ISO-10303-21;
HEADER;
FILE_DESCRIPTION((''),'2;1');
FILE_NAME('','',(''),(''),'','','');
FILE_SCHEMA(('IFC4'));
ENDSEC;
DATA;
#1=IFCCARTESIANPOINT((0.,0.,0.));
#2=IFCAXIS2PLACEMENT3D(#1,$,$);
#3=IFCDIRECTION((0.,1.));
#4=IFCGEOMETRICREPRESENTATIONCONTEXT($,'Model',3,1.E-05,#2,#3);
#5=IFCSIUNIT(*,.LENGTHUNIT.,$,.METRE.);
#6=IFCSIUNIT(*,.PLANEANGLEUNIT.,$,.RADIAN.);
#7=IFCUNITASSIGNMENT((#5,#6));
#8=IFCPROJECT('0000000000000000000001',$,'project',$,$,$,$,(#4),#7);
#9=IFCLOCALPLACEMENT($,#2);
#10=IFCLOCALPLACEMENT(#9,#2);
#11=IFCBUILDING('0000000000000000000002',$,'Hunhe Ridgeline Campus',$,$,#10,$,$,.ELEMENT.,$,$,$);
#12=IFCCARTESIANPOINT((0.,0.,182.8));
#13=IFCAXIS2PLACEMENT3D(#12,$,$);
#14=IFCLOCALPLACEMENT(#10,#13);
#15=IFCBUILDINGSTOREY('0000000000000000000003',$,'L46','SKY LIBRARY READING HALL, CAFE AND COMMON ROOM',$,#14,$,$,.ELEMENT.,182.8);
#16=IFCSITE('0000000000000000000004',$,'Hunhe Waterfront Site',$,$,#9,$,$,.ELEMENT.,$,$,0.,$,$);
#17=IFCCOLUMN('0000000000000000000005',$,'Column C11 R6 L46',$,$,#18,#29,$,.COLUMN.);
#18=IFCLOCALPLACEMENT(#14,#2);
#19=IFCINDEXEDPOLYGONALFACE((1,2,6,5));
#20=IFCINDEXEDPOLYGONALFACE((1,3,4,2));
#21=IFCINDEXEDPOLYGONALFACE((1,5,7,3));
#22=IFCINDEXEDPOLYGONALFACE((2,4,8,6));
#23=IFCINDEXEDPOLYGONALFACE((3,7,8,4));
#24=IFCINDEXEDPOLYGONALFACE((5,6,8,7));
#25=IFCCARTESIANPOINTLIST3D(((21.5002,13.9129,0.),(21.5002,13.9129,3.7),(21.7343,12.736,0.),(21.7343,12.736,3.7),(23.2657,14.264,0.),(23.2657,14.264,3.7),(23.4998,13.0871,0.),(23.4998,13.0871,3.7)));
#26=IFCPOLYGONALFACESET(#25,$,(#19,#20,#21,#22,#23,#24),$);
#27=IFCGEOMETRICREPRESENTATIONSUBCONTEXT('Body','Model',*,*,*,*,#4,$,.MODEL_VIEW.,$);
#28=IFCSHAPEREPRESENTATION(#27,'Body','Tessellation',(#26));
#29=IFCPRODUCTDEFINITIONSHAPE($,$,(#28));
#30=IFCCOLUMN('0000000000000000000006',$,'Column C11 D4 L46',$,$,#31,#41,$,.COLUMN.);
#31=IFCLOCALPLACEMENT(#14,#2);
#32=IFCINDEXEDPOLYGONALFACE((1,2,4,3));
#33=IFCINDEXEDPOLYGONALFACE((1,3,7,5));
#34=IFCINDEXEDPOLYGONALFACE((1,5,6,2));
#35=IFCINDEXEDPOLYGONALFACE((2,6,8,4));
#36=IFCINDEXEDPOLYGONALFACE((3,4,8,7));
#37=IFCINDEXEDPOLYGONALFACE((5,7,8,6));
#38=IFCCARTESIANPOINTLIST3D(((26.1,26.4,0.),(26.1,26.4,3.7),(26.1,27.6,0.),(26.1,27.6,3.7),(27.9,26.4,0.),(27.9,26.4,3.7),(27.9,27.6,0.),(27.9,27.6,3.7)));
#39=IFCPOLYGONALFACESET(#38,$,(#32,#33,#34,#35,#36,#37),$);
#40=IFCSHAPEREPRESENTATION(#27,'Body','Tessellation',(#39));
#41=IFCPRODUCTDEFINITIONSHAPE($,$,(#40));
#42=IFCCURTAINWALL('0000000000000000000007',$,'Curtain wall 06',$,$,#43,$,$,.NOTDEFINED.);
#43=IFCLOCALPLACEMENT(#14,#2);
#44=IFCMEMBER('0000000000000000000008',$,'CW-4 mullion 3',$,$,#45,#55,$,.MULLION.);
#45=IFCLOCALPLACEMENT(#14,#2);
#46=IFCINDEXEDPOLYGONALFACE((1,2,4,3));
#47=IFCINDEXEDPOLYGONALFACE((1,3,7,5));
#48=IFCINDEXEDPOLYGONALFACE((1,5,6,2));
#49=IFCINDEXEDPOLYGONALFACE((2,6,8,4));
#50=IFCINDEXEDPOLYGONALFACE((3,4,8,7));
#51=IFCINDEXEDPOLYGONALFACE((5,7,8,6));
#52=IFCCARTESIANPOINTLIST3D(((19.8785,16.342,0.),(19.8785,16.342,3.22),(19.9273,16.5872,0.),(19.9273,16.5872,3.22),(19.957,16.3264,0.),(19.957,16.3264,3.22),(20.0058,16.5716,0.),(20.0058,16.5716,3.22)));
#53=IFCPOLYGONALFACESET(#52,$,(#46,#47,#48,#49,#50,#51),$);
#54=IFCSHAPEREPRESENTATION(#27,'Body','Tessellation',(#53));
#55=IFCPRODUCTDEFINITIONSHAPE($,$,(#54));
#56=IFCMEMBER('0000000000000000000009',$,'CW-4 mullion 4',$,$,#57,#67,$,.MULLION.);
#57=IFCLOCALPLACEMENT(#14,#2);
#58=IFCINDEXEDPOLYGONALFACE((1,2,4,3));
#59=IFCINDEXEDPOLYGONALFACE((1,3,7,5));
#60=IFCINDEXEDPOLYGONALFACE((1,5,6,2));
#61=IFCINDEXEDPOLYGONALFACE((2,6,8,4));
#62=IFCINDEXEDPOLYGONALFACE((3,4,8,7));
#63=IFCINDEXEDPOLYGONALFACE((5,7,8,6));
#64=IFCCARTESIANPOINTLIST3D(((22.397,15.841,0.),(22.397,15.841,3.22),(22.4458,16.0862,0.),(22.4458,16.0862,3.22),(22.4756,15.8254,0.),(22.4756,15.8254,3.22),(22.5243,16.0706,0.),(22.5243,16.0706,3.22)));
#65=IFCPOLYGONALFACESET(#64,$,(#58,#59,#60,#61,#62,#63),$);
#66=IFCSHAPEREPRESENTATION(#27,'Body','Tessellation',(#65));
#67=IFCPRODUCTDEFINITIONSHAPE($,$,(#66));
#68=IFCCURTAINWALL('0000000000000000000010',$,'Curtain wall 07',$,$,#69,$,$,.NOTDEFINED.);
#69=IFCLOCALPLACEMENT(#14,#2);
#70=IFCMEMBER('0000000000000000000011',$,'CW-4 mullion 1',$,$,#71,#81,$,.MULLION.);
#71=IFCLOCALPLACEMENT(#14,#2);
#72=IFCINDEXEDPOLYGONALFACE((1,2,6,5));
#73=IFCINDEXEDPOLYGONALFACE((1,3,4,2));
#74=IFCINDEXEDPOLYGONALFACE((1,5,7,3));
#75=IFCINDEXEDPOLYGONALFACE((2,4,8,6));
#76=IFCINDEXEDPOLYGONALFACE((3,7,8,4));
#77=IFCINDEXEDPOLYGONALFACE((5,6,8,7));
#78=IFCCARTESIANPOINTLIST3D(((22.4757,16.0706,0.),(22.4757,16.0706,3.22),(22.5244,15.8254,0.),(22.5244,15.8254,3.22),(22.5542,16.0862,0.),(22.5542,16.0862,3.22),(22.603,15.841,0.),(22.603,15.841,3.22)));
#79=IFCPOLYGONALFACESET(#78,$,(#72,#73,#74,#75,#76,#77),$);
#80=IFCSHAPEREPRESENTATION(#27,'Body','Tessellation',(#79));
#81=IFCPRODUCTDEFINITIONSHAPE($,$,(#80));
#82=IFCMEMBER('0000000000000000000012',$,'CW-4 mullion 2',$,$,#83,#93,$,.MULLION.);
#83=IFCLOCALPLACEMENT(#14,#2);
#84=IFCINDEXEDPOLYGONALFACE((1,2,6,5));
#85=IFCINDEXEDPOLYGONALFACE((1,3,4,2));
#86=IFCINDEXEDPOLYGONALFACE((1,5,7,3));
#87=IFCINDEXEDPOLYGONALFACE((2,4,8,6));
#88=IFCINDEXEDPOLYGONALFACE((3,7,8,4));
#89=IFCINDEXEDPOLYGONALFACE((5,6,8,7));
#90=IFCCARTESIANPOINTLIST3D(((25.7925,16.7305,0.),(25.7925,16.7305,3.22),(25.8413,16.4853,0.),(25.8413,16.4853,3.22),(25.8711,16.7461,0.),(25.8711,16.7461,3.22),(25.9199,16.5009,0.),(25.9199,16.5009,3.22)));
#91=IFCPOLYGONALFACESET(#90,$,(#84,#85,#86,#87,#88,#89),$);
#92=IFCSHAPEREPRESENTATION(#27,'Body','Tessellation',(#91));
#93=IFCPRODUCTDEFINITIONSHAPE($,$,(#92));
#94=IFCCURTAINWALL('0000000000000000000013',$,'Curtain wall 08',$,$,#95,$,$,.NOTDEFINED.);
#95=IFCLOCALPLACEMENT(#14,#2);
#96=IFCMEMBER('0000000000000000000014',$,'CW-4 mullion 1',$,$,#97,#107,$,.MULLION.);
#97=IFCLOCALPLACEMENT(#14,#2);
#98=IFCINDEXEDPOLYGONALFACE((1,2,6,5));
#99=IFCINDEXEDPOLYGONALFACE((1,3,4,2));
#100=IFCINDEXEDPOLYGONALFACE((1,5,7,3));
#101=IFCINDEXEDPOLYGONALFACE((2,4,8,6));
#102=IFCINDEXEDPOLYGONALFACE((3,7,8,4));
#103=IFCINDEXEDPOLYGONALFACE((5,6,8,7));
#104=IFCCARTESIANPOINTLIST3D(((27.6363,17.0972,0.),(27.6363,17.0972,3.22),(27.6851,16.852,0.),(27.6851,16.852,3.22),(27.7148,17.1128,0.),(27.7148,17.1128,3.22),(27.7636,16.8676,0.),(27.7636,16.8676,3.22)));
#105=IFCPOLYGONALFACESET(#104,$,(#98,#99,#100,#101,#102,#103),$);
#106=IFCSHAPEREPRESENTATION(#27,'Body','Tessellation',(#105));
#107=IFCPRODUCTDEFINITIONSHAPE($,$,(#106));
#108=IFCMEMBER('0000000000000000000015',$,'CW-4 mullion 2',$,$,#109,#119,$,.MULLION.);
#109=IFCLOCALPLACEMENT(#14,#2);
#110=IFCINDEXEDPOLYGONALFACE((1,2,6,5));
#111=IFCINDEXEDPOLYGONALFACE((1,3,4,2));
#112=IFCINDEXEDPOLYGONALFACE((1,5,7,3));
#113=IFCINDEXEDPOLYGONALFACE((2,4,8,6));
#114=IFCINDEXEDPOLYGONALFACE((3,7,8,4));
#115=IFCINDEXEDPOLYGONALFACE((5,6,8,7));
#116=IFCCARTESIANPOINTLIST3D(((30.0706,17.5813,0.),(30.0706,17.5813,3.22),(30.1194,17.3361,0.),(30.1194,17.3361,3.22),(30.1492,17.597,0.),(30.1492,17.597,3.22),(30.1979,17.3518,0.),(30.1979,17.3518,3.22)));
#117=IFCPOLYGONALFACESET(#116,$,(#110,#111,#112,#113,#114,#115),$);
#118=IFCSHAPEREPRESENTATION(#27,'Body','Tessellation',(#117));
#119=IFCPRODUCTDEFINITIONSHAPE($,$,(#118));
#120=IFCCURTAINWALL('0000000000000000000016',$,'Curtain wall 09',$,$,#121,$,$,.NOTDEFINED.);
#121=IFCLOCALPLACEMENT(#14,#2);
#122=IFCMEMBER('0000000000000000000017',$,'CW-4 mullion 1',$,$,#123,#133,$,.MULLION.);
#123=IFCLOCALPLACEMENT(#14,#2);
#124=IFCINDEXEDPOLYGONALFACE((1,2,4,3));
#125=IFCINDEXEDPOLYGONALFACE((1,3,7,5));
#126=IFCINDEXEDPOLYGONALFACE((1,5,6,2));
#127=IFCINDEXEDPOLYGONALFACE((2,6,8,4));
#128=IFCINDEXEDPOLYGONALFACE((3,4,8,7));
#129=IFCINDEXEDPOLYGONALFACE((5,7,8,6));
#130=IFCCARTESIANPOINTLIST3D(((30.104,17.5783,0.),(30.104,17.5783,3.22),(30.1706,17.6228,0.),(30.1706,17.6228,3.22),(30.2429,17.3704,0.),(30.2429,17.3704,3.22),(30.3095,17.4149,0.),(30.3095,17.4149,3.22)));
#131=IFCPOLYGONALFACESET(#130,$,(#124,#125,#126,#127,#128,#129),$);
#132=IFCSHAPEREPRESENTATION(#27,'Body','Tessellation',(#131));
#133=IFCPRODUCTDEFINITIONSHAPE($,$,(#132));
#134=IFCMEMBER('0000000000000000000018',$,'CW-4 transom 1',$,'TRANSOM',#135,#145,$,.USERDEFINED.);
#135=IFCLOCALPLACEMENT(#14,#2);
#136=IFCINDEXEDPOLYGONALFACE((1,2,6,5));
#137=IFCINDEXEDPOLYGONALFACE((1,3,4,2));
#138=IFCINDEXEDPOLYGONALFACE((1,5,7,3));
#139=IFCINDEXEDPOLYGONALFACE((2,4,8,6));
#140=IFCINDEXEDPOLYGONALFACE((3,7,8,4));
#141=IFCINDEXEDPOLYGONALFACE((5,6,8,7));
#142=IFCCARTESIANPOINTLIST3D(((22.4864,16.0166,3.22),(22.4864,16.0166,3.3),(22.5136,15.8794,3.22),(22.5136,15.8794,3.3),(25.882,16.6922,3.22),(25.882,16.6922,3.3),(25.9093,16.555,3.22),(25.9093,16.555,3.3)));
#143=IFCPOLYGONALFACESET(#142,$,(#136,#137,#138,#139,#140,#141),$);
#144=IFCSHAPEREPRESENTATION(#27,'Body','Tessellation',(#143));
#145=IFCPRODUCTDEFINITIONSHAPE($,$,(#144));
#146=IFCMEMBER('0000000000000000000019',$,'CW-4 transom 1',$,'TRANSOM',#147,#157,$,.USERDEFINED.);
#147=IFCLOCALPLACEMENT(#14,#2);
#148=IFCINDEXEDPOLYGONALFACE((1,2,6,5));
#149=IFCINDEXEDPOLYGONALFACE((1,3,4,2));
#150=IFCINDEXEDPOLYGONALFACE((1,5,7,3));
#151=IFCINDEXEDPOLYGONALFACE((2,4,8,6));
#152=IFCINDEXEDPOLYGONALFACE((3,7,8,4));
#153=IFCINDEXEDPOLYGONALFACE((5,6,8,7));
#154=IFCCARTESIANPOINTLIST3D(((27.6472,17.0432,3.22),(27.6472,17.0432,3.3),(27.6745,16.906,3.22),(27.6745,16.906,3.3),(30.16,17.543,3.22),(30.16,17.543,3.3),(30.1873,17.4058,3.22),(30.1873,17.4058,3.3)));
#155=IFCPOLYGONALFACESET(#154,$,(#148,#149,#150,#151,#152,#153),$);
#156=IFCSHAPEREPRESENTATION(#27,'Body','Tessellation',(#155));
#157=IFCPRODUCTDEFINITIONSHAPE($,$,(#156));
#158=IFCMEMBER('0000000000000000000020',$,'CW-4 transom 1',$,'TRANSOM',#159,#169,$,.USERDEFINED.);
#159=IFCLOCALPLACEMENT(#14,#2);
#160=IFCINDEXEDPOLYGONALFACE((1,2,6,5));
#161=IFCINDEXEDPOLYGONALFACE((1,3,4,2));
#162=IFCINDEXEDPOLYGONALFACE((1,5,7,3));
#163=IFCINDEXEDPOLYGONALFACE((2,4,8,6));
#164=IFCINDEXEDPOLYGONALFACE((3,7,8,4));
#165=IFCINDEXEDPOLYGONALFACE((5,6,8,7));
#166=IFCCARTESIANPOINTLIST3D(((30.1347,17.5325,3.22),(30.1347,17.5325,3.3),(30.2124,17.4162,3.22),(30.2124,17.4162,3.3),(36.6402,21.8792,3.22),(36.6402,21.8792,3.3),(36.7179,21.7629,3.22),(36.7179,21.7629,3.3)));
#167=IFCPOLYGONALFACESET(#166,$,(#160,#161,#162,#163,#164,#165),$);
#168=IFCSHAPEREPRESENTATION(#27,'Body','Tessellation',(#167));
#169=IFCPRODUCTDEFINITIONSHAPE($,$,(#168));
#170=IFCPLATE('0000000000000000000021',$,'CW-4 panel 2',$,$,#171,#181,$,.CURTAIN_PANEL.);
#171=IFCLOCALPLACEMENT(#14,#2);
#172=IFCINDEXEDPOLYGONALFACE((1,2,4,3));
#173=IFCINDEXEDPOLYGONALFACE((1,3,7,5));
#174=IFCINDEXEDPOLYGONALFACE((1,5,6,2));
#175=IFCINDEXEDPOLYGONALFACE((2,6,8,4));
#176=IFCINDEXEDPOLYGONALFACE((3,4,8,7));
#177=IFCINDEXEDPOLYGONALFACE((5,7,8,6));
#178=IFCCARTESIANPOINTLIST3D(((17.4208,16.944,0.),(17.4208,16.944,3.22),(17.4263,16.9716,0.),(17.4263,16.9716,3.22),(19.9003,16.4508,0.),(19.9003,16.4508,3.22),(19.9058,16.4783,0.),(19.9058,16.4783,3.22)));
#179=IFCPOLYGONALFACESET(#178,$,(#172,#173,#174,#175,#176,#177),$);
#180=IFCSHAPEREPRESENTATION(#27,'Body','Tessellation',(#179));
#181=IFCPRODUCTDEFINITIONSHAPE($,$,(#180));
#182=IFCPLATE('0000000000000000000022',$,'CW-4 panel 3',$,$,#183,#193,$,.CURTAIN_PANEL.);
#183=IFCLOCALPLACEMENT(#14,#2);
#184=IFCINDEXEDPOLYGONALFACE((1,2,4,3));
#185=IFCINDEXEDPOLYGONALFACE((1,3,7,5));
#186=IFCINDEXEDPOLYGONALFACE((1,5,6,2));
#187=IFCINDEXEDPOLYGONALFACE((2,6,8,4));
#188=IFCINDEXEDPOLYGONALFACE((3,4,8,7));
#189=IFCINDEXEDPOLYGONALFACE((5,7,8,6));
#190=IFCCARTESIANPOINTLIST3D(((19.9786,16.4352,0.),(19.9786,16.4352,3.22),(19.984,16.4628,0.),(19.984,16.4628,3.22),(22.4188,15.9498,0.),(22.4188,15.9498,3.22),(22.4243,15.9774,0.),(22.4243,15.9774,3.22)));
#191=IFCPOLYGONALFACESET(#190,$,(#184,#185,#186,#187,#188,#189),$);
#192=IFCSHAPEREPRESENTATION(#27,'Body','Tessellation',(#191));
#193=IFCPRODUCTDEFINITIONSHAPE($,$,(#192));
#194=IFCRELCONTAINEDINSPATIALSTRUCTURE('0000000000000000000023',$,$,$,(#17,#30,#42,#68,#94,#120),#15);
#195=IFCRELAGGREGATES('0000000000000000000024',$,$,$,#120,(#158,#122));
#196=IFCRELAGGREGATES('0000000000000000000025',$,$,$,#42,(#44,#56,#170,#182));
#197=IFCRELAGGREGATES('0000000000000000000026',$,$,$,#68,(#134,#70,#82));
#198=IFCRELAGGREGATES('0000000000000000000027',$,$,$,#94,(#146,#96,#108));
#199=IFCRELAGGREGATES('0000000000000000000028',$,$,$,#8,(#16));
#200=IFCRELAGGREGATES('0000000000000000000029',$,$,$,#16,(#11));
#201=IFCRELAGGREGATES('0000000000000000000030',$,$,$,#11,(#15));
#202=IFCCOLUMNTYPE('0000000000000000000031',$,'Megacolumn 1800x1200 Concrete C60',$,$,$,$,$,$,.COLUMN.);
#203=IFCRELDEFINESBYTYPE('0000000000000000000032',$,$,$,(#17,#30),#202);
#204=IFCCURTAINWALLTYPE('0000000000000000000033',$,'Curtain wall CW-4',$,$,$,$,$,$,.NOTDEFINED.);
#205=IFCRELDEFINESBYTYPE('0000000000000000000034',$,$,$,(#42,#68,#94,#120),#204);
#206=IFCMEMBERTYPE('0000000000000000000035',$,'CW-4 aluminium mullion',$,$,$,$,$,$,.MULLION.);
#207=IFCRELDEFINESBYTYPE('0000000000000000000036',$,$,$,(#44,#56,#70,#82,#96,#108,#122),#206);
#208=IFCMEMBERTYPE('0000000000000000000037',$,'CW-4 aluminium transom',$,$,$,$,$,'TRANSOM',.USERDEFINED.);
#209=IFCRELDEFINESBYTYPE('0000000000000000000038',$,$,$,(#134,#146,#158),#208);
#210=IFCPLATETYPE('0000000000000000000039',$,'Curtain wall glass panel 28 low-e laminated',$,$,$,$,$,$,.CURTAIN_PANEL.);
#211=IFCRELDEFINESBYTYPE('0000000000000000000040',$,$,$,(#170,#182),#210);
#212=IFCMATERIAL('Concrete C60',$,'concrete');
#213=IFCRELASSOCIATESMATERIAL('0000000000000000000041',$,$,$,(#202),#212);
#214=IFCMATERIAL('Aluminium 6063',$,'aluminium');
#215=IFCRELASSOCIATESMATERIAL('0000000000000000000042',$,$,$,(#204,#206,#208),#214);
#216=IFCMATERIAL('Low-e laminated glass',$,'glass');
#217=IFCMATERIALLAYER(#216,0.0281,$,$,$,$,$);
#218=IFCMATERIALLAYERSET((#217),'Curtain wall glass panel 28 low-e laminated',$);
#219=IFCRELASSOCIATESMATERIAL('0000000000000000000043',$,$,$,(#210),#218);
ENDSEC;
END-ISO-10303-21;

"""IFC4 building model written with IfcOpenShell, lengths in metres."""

from ifc_helpers import new_model, si_unit, direction, frame, origin, origin_2d, place, context, subcontext, project, spatial, rectangle, extrude, material, layer, layer_set, material_profile, profile_set, type_object, element, aggregate, save


model = new_model("IFC4")

# Units and contexts
model_context = context("Model", 3, precision=1e-05, world=origin(), true_north=direction((0.0, 1.0)))
body_context = subcontext(model_context, "Body", "Model", "MODEL_VIEW")
ifc_project = project(units=[si_unit("LENGTHUNIT", "METRE"), si_unit("PLANEANGLEUNIT", "RADIAN")], contexts=[model_context])

# Site, building, storey
site_placement = place(None, origin())
site = spatial("IfcSite", under=ifc_project, at=site_placement, Name="Hunhe Waterfront Site", CompositionType="ELEMENT", RefElevation=0.0)
building_placement = place(site_placement, origin())
building = spatial("IfcBuilding", under=site, at=building_placement, Name="Hunhe Ridgeline Campus", CompositionType="ELEMENT")
storey_placement = place(building_placement, frame((0.0, 0.0, 182.8)))
storey = spatial("IfcBuildingStorey", under=building, at=storey_placement, Name="L46", Description="SKY LIBRARY READING HALL, CAFE AND COMMON ROOM", CompositionType="ELEMENT", Elevation=182.8)

# Columns
ifc_material_1 = material(Name="Concrete C60", Category="concrete")
ifc_material_profile_1 = material_profile(ifc_material_1, rectangle(XDim=1.8, YDim=1.2, at=origin_2d()))
ifc_profile_set_1 = profile_set([ifc_material_profile_1], Name="Concrete C60")
column_type = type_object("IfcColumnType", Name="Megacolumn 1800x1200 Concrete C60", PredefinedType="COLUMN", material=ifc_profile_set_1)
for number, where, z_axis, x_axis, name in (
    (1, (22.5, 13.5, 0.0), (0.0, 0.0, 1.0), (0.980785, 0.19509, 0.0), "Column C11 R6 L46"),
    (2, (27.0, 27.0, 0.0), (0.0, 0.0, 1.0), (1.0, 0.0, 0.0), "Column C11 D4 L46"),
):
    element("IfcColumn", number, at=place(storey_placement, frame(where, z_axis=z_axis, x_axis=x_axis)), inside=storey, type_object=column_type, Name=name, PredefinedType="COLUMN", context=body_context, shape_type="SweptSolid", body=[
        extrude(rectangle(XDim=1.8, YDim=1.2, at=origin_2d()), origin(), (0.0, 0.0, 1.0), 3.7),
    ])

# Curtain walls, members
ifc_material_2 = material(Name="Aluminium 6063", Category="aluminium")
curtain_wall_type = type_object("IfcCurtainWallType", Name="Curtain wall CW-4", PredefinedType="NOTDEFINED", material=ifc_material_2)
curtain_wall_1_placement = place(storey_placement, origin())
curtain_wall_1 = element("IfcCurtainWall", 3, at=curtain_wall_1_placement, inside=storey, type_object=curtain_wall_type, Name="Curtain wall 06", PredefinedType="NOTDEFINED")
ifc_material_profile_2 = material_profile(ifc_material_2, rectangle(XDim=0.25, YDim=0.0801, at=origin_2d()))
ifc_profile_set_2 = profile_set([ifc_material_profile_2], Name="Aluminium 6063")
member_type_1 = type_object("IfcMemberType", Name="CW-4 aluminium mullion", PredefinedType="MULLION", material=ifc_profile_set_2)
member_1_placement = place(storey_placement, frame((19.9421, 16.4568, 0.0), z_axis=(0.0, 0.0, 1.0), x_axis=(0.19509, 0.980785, 0.0)))
member_1 = element("IfcMember", 4, at=member_1_placement, type_object=member_type_1, Name="CW-4 mullion 3", PredefinedType="MULLION", context=body_context, shape_type="SweptSolid", body=[
    extrude(rectangle(XDim=0.25, YDim=0.0801, at=origin_2d()), origin(), (0.0, 0.0, 1.0), 3.22),
])
member_2_placement = place(storey_placement, frame((22.4607, 15.9558, 0.0), z_axis=(0.0, 0.0, 1.0), x_axis=(0.19509, 0.980785, 0.0)))
member_2 = element("IfcMember", 5, at=member_2_placement, type_object=member_type_1, Name="CW-4 mullion 4", PredefinedType="MULLION", context=body_context, shape_type="SweptSolid", body=[
    extrude(rectangle(XDim=0.25, YDim=0.0801, at=origin_2d()), origin(), (0.0, 0.0, 1.0), 3.22),
])
curtain_wall_2_placement = place(storey_placement, origin())
curtain_wall_2 = element("IfcCurtainWall", 6, at=curtain_wall_2_placement, inside=storey, type_object=curtain_wall_type, Name="Curtain wall 07", PredefinedType="NOTDEFINED")
member_3_placement = place(storey_placement, frame((22.5393, 15.9558, 0.0), z_axis=(0.0, 0.0, 1.0), x_axis=(-0.19509, 0.980785, 0.0)))
member_3 = element("IfcMember", 7, at=member_3_placement, type_object=member_type_1, Name="CW-4 mullion 1", PredefinedType="MULLION", context=body_context, shape_type="SweptSolid", body=[
    extrude(rectangle(XDim=0.25, YDim=0.0801, at=origin_2d()), origin(), (0.0, 0.0, 1.0), 3.22),
])
member_4_placement = place(storey_placement, frame((25.8562, 16.6157, 0.0), z_axis=(0.0, 0.0, 1.0), x_axis=(-0.19509, 0.980785, 0.0)))
member_4 = element("IfcMember", 8, at=member_4_placement, type_object=member_type_1, Name="CW-4 mullion 2", PredefinedType="MULLION", context=body_context, shape_type="SweptSolid", body=[
    extrude(rectangle(XDim=0.25, YDim=0.0801, at=origin_2d()), origin(), (0.0, 0.0, 1.0), 3.22),
])
curtain_wall_3_placement = place(storey_placement, origin())
curtain_wall_3 = element("IfcCurtainWall", 9, at=curtain_wall_3_placement, inside=storey, type_object=curtain_wall_type, Name="Curtain wall 08", PredefinedType="NOTDEFINED")
member_5_placement = place(storey_placement, frame((27.7, 16.9824, 0.0), z_axis=(0.0, 0.0, 1.0), x_axis=(-0.195091, 0.980785, 0.0)))
member_5 = element("IfcMember", 10, at=member_5_placement, type_object=member_type_1, Name="CW-4 mullion 1", PredefinedType="MULLION", context=body_context, shape_type="SweptSolid", body=[
    extrude(rectangle(XDim=0.25, YDim=0.0801, at=origin_2d()), origin(), (0.0, 0.0, 1.0), 3.22),
])
member_6_placement = place(storey_placement, frame((30.1343, 17.4666, 0.0), z_axis=(0.0, 0.0, 1.0), x_axis=(-0.195091, 0.980785, 0.0)))
member_6 = element("IfcMember", 11, at=member_6_placement, type_object=member_type_1, Name="CW-4 mullion 2", PredefinedType="MULLION", context=body_context, shape_type="SweptSolid", body=[
    extrude(rectangle(XDim=0.25, YDim=0.0801, at=origin_2d()), origin(), (0.0, 0.0, 1.0), 3.22),
])

# Curtain wall, member
curtain_wall_4_placement = place(storey_placement, origin())
curtain_wall_4 = element("IfcCurtainWall", 12, at=curtain_wall_4_placement, inside=storey, type_object=curtain_wall_type, Name="Curtain wall 09", PredefinedType="NOTDEFINED")
member_7_placement = place(storey_placement, frame((30.2068, 17.4966, 0.0), z_axis=(0.0, 0.0, 1.0), x_axis=(-0.55557, 0.83147, 0.0)))
member_7 = element("IfcMember", 13, at=member_7_placement, type_object=member_type_1, Name="CW-4 mullion 1", PredefinedType="MULLION", context=body_context, shape_type="SweptSolid", body=[
    extrude(rectangle(XDim=0.25, YDim=0.0801, at=origin_2d()), origin(), (0.0, 0.0, 1.0), 3.22),
])

# Members
ifc_material_profile_3 = material_profile(ifc_material_2, rectangle(XDim=0.1399, YDim=0.0801, at=origin_2d()))
ifc_profile_set_3 = profile_set([ifc_material_profile_3], Name="Aluminium 6063")
member_type_2 = type_object("IfcMemberType", Name="CW-4 aluminium transom", ElementType="TRANSOM", PredefinedType="USERDEFINED", material=ifc_profile_set_3)
member_8_placement = place(storey_placement, frame((22.5, 15.948, 3.26), z_axis=(0.980778, 0.195126, 0.0), x_axis=(-0.195126, 0.980778, 0.0)))
member_8 = element("IfcMember", 14, at=member_8_placement, type_object=member_type_2, Name="CW-4 transom 1", ObjectType="TRANSOM", PredefinedType="USERDEFINED", context=body_context, shape_type="SweptSolid", body=[
    extrude(rectangle(XDim=0.1399, YDim=0.0801, at=origin_2d()), origin(), (0.0, 0.0, 1.0), 3.4622),
])
member_9_placement = place(storey_placement, frame((27.6609, 16.9746, 3.26), z_axis=(0.980789, 0.195071, 0.0), x_axis=(-0.195071, 0.980789, 0.0)))
member_9 = element("IfcMember", 15, at=member_9_placement, type_object=member_type_2, Name="CW-4 transom 1", ObjectType="TRANSOM", PredefinedType="USERDEFINED", context=body_context, shape_type="SweptSolid", body=[
    extrude(rectangle(XDim=0.1399, YDim=0.0801, at=origin_2d()), origin(), (0.0, 0.0, 1.0), 2.562),
])
member_10_placement = place(storey_placement, frame((30.1736, 17.4744, 3.26), z_axis=(0.831474, 0.555564, 0.0), x_axis=(-0.555564, 0.831474, 0.0)))
member_10 = element("IfcMember", 16, at=member_10_placement, type_object=member_type_2, Name="CW-4 transom 1", ObjectType="TRANSOM", PredefinedType="USERDEFINED", context=body_context, shape_type="SweptSolid", body=[
    extrude(rectangle(XDim=0.1399, YDim=0.0801, at=origin_2d()), origin(), (0.0, 0.0, 1.0), 7.824),
])
aggregate(curtain_wall_4, [member_10, member_7])

# Plates
ifc_material_3 = material(Name="Low-e laminated glass", Category="glass")
ifc_layer_1 = layer(ifc_material_3, 0.0281)
ifc_layer_set_1 = layer_set([ifc_layer_1], Name="Curtain wall glass panel 28 low-e laminated")
plate_type = type_object("IfcPlateType", Name="Curtain wall glass panel 28 low-e laminated", PredefinedType="CURTAIN_PANEL", material=ifc_layer_set_1)
plate_1_placement = place(storey_placement, frame((18.6633, 16.7112, 0.0), z_axis=(0.0, 0.0, 1.0), x_axis=(0.980785, -0.19509, 0.0)))
plate_1 = element("IfcPlate", 17, at=plate_1_placement, type_object=plate_type, Name="CW-4 panel 2", PredefinedType="CURTAIN_PANEL", context=body_context, shape_type="SweptSolid", body=[
    extrude(rectangle(XDim=2.5281, YDim=0.0281, at=origin_2d()), origin(), (0.0, 0.0, 1.0), 3.22),
])
plate_2_placement = place(storey_placement, frame((21.2014, 16.2063, 0.0), z_axis=(0.0, 0.0, 1.0), x_axis=(0.980785, -0.19509, 0.0)))
plate_2 = element("IfcPlate", 18, at=plate_2_placement, type_object=plate_type, Name="CW-4 panel 3", PredefinedType="CURTAIN_PANEL", context=body_context, shape_type="SweptSolid", body=[
    extrude(rectangle(XDim=2.488, YDim=0.0281, at=origin_2d()), origin(), (0.0, 0.0, 1.0), 3.22),
])
aggregate(curtain_wall_1, [member_1, member_2, plate_1, plate_2])
aggregate(curtain_wall_2, [member_8, member_3, member_4])
aggregate(curtain_wall_3, [member_9, member_5, member_6])

save(model, "model.ifc")
